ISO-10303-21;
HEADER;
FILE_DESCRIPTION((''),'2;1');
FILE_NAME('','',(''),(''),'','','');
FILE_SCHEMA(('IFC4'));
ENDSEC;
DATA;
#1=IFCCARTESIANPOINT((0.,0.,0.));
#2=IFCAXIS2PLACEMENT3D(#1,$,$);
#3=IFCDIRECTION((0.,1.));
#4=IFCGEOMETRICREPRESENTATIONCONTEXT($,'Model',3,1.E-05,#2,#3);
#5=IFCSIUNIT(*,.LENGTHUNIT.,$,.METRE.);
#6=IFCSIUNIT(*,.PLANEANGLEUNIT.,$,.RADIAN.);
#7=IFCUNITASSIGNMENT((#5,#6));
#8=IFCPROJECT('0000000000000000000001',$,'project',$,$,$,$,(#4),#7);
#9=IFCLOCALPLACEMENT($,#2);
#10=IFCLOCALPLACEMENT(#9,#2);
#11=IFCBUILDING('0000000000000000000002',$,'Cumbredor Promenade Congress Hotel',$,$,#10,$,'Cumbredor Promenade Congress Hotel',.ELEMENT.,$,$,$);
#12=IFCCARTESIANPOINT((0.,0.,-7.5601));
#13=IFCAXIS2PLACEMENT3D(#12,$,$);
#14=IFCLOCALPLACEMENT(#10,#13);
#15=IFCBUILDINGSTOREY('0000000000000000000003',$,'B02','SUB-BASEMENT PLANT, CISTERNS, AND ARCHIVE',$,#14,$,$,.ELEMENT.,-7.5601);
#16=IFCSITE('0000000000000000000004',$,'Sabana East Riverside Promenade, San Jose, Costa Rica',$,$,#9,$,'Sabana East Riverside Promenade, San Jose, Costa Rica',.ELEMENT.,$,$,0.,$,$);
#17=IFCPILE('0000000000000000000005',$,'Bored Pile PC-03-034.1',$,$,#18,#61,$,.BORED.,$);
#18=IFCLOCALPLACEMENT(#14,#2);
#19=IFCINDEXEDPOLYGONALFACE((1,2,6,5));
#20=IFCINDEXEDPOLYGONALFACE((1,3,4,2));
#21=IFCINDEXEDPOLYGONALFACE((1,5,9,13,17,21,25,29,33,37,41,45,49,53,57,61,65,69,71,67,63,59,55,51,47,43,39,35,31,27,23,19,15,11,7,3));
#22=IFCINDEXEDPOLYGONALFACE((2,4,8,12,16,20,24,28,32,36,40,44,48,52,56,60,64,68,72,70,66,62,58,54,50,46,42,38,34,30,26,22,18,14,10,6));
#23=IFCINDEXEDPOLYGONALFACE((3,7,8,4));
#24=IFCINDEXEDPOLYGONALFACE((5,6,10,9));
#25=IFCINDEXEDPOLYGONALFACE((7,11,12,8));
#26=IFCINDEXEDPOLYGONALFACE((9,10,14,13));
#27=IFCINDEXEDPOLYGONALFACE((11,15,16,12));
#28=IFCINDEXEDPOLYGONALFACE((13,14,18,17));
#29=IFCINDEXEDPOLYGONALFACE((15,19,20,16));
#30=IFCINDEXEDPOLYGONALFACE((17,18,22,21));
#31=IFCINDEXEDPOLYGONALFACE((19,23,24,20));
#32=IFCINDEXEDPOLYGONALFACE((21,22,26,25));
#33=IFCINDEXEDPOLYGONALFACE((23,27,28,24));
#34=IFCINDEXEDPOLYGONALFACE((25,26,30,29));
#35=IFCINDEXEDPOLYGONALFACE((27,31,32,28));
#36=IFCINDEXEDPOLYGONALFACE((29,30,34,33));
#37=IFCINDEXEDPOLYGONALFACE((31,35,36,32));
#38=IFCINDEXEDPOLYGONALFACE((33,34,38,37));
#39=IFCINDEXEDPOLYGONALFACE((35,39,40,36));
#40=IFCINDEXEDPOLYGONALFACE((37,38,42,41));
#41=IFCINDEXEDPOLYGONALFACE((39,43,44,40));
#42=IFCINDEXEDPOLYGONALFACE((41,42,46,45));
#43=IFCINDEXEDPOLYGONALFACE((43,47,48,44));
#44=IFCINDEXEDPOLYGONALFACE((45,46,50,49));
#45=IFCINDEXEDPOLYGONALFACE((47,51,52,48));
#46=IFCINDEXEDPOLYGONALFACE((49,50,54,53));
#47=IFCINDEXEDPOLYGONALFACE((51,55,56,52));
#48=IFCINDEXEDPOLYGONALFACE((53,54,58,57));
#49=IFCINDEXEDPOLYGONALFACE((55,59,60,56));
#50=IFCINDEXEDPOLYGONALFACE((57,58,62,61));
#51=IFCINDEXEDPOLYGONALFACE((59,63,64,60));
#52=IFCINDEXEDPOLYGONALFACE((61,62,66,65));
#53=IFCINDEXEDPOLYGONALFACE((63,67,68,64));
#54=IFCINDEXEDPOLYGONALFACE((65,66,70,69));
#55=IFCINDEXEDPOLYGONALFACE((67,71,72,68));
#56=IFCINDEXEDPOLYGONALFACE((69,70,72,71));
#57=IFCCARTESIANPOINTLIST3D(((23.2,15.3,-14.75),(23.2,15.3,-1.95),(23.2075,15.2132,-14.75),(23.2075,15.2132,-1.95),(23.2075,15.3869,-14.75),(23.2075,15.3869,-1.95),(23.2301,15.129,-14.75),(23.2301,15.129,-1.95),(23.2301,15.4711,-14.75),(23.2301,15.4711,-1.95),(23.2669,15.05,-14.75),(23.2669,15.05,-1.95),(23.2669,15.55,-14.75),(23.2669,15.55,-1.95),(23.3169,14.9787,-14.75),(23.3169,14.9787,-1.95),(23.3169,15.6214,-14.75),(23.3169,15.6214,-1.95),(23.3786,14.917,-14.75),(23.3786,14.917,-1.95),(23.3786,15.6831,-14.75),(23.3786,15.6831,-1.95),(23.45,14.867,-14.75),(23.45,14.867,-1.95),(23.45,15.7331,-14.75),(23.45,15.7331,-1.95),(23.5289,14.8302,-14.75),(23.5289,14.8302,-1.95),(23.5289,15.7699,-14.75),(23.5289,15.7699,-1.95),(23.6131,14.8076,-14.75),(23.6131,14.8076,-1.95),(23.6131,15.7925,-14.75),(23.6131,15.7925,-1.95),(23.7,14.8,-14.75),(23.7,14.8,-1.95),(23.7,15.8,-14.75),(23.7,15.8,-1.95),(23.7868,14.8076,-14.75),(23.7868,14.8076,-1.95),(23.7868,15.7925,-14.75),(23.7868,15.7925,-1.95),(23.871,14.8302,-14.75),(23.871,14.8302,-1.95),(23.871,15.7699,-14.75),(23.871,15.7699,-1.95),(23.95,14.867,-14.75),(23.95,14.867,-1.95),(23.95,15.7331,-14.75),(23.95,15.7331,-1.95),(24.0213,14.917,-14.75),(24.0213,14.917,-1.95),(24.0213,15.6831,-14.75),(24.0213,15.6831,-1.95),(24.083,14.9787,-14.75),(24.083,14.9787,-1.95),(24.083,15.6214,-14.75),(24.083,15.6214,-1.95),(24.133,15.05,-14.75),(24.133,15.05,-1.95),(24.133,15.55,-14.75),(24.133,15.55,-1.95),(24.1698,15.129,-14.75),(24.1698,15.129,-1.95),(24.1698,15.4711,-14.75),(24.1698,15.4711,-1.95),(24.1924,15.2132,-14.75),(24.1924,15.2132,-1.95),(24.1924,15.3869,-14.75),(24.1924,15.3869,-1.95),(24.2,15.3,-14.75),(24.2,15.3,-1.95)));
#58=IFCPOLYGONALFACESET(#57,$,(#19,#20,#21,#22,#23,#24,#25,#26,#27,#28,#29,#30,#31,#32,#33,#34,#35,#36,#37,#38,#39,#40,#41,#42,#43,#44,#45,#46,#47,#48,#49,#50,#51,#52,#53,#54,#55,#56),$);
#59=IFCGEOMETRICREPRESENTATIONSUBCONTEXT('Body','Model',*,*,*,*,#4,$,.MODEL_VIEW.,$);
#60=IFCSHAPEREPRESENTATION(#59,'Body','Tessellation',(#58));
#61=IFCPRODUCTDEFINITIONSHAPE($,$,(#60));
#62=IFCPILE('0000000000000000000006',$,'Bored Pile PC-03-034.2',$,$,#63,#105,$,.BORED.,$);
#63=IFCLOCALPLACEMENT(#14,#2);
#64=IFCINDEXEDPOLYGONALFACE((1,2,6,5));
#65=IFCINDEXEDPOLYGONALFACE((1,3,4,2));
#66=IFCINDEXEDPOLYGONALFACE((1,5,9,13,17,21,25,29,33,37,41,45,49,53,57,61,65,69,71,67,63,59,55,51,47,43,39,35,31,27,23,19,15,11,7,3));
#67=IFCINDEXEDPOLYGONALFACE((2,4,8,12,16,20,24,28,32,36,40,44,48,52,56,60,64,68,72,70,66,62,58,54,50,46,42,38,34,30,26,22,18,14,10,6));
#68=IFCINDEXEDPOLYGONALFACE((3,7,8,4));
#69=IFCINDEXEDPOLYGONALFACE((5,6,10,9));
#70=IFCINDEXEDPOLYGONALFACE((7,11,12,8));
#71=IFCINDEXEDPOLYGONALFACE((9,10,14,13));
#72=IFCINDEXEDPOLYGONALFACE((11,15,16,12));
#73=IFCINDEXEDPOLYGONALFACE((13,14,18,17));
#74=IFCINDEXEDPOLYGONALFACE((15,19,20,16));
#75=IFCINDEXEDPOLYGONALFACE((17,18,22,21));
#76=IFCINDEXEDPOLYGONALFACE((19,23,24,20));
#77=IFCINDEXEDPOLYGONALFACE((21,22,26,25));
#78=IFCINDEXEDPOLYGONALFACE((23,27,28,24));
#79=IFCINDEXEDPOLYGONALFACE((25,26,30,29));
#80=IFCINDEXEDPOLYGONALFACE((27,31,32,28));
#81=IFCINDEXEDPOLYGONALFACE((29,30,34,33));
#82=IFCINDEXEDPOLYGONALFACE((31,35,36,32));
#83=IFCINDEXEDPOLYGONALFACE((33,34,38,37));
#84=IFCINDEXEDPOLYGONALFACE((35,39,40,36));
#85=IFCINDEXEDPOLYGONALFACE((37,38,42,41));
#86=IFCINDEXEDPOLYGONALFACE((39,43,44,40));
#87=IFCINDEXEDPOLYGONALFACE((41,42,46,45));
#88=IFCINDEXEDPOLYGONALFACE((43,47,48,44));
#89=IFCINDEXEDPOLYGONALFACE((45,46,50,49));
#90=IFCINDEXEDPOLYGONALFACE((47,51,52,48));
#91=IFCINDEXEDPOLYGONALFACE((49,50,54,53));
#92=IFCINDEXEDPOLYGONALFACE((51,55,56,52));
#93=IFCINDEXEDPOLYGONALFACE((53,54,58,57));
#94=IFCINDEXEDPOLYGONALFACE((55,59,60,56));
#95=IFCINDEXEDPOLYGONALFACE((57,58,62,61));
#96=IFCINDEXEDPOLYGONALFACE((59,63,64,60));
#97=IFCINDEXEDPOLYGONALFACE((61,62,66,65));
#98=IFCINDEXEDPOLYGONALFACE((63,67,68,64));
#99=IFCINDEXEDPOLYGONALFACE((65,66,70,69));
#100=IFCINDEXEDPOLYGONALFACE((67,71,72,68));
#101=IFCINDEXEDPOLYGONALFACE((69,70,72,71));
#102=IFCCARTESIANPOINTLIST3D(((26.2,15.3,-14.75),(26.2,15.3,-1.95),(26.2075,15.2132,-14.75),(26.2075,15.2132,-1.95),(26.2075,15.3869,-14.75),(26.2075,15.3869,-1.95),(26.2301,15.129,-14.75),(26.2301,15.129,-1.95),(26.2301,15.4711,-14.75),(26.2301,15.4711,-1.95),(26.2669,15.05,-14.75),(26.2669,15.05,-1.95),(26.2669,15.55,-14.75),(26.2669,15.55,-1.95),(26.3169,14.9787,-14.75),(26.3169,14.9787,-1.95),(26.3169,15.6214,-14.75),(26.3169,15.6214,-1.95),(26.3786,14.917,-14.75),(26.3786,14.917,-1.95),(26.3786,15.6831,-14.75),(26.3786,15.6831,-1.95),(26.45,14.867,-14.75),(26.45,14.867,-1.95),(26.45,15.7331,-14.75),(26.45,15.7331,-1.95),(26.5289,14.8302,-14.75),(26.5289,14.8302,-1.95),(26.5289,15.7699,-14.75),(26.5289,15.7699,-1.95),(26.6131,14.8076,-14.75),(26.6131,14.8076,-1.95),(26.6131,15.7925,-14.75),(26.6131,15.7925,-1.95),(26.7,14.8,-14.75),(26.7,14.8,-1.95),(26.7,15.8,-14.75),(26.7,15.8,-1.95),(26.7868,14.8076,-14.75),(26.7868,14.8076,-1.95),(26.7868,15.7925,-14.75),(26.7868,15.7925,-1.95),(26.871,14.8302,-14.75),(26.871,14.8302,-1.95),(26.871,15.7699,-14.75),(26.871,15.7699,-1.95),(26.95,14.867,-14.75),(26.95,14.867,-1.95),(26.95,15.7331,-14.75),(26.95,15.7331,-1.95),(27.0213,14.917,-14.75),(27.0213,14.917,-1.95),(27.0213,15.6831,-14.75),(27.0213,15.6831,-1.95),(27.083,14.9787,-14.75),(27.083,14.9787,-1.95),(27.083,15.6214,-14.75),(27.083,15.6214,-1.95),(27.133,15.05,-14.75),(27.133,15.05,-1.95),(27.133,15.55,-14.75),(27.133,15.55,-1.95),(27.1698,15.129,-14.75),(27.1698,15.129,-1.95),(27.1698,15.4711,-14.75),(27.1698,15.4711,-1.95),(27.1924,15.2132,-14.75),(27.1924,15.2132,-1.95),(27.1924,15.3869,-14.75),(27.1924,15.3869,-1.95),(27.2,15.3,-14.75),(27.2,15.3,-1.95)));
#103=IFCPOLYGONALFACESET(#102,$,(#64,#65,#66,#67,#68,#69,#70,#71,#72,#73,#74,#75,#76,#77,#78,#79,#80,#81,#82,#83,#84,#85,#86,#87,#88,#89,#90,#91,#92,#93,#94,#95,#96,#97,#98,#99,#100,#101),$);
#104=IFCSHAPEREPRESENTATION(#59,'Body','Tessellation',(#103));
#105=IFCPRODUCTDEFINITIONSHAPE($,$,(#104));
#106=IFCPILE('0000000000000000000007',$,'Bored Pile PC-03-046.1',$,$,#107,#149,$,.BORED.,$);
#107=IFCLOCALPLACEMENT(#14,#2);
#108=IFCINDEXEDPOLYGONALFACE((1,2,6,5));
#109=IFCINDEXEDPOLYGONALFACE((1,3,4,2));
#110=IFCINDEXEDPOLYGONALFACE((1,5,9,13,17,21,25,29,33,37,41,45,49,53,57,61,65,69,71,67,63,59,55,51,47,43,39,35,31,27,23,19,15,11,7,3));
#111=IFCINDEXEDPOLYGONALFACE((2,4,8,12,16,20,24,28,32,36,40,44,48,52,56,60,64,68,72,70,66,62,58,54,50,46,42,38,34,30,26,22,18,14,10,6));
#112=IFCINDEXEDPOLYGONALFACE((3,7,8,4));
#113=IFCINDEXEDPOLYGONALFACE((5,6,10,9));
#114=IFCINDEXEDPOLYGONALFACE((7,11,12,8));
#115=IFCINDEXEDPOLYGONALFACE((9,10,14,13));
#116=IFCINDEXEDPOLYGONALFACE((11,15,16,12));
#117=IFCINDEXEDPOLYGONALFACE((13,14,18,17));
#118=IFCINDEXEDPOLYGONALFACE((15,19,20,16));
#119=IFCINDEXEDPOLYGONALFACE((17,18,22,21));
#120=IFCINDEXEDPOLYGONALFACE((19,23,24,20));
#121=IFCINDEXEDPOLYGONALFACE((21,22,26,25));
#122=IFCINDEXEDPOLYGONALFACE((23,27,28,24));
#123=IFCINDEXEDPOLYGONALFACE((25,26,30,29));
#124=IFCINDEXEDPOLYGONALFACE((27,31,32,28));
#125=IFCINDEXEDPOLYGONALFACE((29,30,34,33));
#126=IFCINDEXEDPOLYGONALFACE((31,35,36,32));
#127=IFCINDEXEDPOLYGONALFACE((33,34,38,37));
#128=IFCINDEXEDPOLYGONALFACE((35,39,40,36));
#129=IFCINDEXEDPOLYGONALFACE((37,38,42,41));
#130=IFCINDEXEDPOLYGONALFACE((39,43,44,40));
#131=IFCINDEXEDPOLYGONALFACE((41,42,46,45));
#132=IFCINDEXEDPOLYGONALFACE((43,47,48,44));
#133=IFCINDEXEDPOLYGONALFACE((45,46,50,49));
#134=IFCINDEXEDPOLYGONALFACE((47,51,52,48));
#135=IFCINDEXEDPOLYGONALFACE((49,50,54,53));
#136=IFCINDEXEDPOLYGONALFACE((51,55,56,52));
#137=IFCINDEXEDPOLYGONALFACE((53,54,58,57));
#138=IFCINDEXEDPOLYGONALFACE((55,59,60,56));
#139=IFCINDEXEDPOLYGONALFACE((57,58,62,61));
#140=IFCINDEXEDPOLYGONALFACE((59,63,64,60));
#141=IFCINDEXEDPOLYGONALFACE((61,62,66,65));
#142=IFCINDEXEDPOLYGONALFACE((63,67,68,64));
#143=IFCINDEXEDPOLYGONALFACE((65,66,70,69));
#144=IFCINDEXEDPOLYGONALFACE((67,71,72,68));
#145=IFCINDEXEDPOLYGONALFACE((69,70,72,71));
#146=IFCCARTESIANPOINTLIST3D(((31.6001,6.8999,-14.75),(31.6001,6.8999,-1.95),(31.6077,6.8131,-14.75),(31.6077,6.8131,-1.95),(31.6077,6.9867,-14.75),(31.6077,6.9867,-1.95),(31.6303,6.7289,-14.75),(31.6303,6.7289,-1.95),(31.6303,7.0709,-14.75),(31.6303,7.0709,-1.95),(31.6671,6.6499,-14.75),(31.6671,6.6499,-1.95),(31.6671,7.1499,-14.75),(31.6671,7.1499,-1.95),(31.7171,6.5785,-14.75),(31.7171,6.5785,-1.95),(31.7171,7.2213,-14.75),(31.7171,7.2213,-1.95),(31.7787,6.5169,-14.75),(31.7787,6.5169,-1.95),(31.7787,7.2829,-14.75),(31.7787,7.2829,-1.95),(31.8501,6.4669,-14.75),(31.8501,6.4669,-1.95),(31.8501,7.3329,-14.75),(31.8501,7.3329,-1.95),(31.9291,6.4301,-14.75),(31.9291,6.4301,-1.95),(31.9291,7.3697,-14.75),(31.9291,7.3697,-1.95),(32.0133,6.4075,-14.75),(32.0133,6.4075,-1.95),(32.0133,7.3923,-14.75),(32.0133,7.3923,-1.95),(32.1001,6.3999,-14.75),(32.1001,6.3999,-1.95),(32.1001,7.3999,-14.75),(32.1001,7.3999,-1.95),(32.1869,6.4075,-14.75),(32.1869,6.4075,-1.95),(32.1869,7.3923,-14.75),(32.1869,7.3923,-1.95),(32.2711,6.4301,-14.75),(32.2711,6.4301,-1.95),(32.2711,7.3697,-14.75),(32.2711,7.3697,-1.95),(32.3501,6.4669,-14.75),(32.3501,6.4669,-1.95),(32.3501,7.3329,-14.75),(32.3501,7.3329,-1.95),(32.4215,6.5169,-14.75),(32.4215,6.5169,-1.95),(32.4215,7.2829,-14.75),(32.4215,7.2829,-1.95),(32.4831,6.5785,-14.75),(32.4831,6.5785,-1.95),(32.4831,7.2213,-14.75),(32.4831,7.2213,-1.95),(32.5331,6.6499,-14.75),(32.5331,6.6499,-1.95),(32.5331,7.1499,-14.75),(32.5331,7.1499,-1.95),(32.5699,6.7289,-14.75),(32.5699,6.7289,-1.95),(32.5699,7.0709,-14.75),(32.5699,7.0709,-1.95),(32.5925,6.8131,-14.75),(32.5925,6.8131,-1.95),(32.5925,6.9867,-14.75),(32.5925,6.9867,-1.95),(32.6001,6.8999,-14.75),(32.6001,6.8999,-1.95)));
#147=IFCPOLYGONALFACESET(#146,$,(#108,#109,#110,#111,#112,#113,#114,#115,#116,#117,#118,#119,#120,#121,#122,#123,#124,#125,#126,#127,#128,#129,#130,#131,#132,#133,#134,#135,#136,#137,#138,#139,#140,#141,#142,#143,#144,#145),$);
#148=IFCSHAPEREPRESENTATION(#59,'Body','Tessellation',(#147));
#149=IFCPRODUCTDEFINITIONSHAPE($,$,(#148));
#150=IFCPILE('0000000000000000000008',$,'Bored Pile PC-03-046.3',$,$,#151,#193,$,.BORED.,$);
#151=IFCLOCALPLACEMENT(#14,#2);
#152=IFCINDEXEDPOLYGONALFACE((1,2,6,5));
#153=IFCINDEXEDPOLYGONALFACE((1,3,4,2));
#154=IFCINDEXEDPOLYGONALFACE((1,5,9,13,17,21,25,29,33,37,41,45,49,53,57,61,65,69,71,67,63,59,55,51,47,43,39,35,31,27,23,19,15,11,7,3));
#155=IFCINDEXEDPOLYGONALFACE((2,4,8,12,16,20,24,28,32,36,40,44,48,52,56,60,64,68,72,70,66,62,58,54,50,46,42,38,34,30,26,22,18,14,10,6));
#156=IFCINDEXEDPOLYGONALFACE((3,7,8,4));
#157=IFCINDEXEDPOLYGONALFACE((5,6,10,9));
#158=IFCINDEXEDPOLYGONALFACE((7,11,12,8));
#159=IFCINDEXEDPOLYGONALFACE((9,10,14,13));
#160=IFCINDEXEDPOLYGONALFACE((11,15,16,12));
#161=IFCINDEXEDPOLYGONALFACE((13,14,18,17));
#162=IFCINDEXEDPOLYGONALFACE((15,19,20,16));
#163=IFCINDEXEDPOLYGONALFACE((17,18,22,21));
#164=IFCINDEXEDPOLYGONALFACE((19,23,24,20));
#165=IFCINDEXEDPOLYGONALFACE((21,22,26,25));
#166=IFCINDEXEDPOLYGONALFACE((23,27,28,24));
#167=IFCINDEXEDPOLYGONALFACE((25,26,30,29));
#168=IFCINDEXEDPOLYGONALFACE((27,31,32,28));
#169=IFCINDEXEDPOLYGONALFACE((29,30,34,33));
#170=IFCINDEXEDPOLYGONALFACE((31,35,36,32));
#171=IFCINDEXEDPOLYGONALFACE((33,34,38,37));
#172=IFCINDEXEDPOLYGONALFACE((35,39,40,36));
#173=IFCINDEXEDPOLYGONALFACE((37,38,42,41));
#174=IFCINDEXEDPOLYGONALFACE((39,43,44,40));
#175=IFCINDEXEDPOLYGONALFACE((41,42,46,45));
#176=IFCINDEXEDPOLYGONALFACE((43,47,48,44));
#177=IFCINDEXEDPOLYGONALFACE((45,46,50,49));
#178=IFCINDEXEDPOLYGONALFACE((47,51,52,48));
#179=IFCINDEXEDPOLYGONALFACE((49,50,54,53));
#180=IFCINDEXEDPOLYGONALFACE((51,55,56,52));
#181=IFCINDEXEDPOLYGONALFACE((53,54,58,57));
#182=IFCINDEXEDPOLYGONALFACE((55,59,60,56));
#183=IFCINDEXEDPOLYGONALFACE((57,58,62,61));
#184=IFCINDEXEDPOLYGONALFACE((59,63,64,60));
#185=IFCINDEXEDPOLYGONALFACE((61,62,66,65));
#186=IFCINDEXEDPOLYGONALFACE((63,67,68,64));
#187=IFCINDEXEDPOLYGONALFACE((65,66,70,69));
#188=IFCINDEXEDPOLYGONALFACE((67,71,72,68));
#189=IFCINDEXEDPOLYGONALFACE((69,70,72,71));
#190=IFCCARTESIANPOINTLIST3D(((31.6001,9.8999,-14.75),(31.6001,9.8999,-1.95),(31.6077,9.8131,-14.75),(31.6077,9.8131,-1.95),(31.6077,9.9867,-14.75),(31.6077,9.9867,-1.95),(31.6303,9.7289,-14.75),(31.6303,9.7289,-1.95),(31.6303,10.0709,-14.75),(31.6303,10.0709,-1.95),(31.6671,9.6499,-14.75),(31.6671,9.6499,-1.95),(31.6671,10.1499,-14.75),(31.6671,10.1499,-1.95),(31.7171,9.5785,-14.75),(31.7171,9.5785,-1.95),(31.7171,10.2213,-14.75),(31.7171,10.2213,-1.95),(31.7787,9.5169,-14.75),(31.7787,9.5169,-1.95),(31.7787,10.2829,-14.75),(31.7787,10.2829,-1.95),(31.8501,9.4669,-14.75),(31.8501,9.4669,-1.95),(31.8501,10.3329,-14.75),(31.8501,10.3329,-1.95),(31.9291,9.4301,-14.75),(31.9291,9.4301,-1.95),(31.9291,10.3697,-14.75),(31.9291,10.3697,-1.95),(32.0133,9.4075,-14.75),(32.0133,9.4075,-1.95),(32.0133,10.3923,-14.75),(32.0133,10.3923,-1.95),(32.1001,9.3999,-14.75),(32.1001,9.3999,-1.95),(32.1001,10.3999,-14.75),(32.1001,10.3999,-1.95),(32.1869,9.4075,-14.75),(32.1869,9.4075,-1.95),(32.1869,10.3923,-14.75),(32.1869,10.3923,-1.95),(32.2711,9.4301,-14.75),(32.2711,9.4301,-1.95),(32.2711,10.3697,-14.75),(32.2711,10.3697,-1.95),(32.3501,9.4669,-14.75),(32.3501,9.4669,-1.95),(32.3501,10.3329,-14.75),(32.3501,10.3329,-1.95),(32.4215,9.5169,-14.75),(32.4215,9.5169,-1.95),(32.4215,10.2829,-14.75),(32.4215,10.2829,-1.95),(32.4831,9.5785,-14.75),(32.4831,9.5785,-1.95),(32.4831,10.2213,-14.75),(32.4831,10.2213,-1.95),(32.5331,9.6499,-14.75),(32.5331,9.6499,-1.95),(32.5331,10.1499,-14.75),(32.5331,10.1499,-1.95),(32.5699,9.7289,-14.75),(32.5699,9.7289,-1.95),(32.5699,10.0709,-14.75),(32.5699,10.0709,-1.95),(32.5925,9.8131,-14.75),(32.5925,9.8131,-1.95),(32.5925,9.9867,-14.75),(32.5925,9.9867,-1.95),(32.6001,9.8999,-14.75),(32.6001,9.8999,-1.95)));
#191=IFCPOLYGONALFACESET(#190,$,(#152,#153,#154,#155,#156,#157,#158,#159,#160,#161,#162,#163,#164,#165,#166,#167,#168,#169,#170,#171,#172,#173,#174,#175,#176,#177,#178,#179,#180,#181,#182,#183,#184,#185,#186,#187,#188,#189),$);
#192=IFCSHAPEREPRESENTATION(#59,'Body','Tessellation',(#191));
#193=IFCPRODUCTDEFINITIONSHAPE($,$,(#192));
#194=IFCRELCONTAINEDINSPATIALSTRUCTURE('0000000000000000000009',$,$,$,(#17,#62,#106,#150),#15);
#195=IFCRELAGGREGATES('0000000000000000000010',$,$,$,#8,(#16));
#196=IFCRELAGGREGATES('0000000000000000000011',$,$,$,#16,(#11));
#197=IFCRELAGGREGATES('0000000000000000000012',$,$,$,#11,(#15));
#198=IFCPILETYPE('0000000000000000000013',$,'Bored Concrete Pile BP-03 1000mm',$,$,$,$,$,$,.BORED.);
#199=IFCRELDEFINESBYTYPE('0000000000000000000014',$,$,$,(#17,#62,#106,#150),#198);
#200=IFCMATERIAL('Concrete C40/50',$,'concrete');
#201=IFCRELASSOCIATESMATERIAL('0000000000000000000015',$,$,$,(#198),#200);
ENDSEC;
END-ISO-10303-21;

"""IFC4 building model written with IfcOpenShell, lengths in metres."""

from ifc_helpers import new_model, si_unit, direction, frame, origin, origin_2d, place, context, subcontext, project, spatial, circle, extrude, material, material_profile, profile_set, type_object, element, save


model = new_model("IFC4")

# Units and contexts
model_context = context("Model", 3, precision=1e-05, world=origin(), true_north=direction((0.0, 1.0)))
body_context = subcontext(model_context, "Body", "Model", "MODEL_VIEW")
ifc_project = project(units=[si_unit("LENGTHUNIT", "METRE"), si_unit("PLANEANGLEUNIT", "RADIAN")], contexts=[model_context])

# Site, building, storey
site_placement = place(None, origin())
site = spatial("IfcSite", under=ifc_project, at=site_placement, Name="Sabana East Riverside Promenade, San Jose, Costa Rica", LongName="Sabana East Riverside Promenade, San Jose, Costa Rica", CompositionType="ELEMENT", RefElevation=0.0)
building_placement = place(site_placement, origin())
building = spatial("IfcBuilding", under=site, at=building_placement, Name="Cumbredor Promenade Congress Hotel", LongName="Cumbredor Promenade Congress Hotel", CompositionType="ELEMENT")
storey_placement = place(building_placement, frame((0.0, 0.0, -7.5601)))
storey = spatial("IfcBuildingStorey", under=building, at=storey_placement, Name="B02", Description="SUB-BASEMENT PLANT, CISTERNS, AND ARCHIVE", CompositionType="ELEMENT", Elevation=-7.5601)

# Piles
ifc_material_1 = material(Name="Concrete C40/50", Category="concrete")
ifc_material_profile_1 = material_profile(ifc_material_1, circle(Radius=0.5, at=origin_2d()), Name="PILE D1000")
ifc_profile_set_1 = profile_set([ifc_material_profile_1], Name="Concrete C40/50")
pile_type = type_object("IfcPileType", Name="Bored Concrete Pile BP-03 1000mm", PredefinedType="BORED", material=ifc_profile_set_1)
for number, where, z_axis, x_axis, name in (
    (1, (23.7, 15.3, -1.95), (0.0, 0.0, -1.0), (1.0, 0.0, 0.0), "Bored Pile PC-03-034.1"),
    (2, (26.7, 15.3, -1.95), (0.0, 0.0, -1.0), (1.0, 0.0, 0.0), "Bored Pile PC-03-034.2"),
    (3, (32.1001, 6.8999, -1.95), (0.0, 0.0, -1.0), (1.0, 0.0, 0.0), "Bored Pile PC-03-046.1"),
    (4, (32.1001, 9.8999, -1.95), (0.0, 0.0, -1.0), (1.0, 0.0, 0.0), "Bored Pile PC-03-046.3"),
):
    element("IfcPile", number, at=place(storey_placement, frame(where, z_axis=z_axis, x_axis=x_axis)), inside=storey, type_object=pile_type, Name=name, PredefinedType="BORED", context=body_context, shape_type="SweptSolid", body=[
        extrude(circle(Radius=0.5, at=origin_2d()), origin(), (0.0, 0.0, 1.0), 12.8),
    ])

save(model, "model.ifc")
